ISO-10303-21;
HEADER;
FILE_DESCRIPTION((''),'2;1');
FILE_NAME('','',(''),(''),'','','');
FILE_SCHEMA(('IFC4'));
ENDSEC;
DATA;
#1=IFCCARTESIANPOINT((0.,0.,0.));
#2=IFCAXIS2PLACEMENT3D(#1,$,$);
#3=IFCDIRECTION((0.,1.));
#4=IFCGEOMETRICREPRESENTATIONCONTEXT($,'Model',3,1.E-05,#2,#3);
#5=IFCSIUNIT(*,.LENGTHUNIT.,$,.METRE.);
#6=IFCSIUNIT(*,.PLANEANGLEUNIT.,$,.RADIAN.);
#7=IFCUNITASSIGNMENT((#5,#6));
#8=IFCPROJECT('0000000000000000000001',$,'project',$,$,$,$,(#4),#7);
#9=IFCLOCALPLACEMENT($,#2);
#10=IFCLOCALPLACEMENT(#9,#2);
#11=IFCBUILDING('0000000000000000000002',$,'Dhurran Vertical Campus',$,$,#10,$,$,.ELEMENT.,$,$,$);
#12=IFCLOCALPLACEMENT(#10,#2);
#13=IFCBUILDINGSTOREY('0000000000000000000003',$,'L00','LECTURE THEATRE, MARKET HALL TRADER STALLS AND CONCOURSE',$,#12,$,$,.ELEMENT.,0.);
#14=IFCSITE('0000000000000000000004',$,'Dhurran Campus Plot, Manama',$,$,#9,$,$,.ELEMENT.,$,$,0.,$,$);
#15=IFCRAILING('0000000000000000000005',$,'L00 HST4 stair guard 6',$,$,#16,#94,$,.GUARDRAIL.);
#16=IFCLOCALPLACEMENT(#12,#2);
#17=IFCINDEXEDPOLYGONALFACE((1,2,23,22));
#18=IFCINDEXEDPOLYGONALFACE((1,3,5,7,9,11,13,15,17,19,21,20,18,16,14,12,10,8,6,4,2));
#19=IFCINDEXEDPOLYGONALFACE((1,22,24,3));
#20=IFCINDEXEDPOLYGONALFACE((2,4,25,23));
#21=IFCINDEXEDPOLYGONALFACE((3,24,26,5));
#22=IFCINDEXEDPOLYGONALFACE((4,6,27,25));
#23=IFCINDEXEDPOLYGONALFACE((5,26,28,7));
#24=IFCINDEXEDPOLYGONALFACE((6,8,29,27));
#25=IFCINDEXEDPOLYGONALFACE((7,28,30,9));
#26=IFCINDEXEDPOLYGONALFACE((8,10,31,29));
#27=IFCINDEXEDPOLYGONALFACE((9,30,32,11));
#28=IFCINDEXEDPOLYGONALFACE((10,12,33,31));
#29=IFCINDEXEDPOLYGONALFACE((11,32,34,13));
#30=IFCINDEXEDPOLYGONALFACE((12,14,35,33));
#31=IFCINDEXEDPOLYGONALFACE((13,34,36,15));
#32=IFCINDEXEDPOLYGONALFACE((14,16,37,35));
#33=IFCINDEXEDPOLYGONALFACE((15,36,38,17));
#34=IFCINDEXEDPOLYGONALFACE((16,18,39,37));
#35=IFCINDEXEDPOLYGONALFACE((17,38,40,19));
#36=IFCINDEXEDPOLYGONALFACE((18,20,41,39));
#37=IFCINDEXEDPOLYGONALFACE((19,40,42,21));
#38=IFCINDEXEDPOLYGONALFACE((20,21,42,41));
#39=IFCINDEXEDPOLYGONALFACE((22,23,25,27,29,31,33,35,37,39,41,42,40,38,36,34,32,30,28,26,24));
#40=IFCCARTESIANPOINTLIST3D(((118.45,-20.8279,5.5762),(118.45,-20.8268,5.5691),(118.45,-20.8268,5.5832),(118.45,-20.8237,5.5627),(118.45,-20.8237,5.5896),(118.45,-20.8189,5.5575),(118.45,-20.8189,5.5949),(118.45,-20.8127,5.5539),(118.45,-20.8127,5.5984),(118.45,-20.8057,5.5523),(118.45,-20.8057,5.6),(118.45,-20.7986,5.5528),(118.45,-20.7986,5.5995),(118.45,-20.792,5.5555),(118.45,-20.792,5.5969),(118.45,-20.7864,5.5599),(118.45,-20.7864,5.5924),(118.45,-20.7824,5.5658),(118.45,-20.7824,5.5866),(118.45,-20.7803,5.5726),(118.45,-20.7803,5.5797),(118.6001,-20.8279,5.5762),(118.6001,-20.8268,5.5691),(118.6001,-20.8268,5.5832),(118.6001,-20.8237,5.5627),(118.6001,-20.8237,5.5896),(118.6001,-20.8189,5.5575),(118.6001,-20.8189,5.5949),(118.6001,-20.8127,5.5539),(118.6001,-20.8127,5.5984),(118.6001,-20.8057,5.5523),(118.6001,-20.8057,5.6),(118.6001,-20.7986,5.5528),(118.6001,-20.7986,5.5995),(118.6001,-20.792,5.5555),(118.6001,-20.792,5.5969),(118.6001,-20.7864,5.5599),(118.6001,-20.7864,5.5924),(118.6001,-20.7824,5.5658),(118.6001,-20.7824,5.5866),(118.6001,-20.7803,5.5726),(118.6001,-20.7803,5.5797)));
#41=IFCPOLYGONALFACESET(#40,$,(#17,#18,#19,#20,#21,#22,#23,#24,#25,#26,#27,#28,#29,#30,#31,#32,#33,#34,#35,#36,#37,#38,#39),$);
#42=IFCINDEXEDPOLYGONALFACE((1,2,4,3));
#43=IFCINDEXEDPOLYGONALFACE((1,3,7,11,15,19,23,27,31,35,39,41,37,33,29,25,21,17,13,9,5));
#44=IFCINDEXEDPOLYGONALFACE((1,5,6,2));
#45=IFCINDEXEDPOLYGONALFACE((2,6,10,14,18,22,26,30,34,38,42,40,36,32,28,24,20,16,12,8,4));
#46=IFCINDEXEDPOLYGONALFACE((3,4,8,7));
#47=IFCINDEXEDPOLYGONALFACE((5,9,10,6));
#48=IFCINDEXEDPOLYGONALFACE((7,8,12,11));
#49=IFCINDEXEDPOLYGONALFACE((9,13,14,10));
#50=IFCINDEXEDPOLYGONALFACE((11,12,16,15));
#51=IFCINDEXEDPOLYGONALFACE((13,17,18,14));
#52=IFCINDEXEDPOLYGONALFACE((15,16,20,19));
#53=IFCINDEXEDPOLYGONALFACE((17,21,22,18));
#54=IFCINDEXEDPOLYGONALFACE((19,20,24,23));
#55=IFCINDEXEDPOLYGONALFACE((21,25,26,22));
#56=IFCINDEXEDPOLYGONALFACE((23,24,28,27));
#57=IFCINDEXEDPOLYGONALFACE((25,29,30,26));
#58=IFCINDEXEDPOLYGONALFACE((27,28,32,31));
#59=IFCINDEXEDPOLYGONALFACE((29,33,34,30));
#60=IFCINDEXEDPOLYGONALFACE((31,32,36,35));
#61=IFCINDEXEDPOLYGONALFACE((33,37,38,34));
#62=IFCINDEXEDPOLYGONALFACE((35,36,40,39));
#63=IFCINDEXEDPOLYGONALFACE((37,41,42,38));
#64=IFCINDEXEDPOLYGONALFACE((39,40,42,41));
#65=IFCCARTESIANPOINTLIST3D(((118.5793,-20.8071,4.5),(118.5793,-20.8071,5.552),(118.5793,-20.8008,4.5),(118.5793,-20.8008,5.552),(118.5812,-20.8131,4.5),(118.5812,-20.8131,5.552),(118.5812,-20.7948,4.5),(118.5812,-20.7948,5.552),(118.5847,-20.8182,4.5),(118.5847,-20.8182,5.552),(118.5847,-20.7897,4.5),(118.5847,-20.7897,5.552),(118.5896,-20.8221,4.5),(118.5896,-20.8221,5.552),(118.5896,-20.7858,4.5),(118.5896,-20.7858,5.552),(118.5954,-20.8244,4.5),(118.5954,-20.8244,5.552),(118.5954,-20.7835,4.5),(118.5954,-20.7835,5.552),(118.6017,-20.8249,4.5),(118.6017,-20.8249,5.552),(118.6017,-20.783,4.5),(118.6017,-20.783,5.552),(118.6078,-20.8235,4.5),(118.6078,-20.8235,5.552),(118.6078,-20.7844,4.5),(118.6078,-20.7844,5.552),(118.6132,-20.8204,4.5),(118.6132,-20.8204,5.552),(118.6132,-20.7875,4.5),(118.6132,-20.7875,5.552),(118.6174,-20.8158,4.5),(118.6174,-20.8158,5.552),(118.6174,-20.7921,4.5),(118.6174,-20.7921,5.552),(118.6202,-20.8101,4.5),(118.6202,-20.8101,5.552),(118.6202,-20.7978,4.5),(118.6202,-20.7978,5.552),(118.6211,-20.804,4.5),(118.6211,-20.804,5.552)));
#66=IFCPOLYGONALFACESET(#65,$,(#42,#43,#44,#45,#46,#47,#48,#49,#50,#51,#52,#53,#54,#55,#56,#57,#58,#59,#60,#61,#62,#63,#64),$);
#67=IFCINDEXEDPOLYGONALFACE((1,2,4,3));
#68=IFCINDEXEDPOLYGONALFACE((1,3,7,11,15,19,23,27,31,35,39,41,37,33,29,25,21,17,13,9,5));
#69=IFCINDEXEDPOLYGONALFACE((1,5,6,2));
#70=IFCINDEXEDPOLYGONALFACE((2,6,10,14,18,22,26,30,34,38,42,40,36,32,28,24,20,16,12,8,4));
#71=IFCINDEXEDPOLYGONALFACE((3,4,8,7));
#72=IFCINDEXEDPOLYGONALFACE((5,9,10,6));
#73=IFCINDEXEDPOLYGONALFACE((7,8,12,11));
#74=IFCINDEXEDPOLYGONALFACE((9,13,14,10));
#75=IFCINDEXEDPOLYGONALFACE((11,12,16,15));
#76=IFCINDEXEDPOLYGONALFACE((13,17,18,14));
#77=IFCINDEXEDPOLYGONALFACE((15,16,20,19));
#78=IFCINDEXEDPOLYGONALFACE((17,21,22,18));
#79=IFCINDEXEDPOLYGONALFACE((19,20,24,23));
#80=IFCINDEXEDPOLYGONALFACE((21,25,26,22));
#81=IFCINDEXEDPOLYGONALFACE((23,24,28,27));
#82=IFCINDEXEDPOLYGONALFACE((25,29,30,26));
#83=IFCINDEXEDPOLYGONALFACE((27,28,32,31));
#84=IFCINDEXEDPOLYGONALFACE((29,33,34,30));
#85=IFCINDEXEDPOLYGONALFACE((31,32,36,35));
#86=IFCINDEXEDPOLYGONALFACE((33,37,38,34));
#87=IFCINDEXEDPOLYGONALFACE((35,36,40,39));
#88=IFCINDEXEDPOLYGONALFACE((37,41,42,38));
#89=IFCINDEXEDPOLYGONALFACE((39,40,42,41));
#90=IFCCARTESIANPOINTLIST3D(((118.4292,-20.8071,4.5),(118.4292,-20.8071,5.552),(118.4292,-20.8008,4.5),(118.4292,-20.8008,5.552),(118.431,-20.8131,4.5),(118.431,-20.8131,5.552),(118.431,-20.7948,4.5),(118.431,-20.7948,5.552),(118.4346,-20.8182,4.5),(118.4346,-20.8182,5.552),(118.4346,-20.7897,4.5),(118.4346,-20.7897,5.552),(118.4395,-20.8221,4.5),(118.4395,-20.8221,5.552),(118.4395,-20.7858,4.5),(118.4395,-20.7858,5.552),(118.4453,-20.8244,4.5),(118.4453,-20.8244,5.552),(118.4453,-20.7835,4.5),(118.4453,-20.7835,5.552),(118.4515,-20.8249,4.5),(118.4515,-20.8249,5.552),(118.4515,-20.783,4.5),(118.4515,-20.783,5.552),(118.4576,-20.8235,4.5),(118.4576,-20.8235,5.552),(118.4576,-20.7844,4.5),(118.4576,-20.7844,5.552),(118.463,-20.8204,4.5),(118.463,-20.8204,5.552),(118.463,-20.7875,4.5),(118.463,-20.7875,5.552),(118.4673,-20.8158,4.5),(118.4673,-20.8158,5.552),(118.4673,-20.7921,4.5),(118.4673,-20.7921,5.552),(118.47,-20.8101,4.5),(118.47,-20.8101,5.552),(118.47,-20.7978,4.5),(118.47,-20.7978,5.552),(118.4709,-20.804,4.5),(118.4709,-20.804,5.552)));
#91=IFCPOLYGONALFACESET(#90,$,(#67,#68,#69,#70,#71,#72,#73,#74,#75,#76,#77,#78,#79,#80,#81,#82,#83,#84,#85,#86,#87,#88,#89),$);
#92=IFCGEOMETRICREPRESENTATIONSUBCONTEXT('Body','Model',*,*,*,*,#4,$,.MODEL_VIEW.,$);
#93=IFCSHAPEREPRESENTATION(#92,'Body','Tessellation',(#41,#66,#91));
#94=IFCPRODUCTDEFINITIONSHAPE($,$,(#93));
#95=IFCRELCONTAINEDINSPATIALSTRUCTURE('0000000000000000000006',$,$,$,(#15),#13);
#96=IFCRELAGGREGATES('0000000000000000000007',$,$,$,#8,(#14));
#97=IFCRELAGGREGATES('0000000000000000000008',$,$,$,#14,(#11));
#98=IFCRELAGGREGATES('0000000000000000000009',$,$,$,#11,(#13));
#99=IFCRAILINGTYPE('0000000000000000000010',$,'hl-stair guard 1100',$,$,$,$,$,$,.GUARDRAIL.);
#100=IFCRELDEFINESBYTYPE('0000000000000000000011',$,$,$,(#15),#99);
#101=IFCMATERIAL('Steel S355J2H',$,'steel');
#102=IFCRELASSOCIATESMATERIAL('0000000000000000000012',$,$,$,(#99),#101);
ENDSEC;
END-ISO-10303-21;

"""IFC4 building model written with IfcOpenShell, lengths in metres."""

from ifc_helpers import new_model, si_unit, direction, frame, origin, origin_2d, place, context, subcontext, project, spatial, circle, extrude, material, type_object, element, save


model = new_model("IFC4")

# Units and contexts
model_context = context("Model", 3, precision=1e-05, world=origin(), true_north=direction((0.0, 1.0)))
body_context = subcontext(model_context, "Body", "Model", "MODEL_VIEW")
ifc_project = project(units=[si_unit("LENGTHUNIT", "METRE"), si_unit("PLANEANGLEUNIT", "RADIAN")], contexts=[model_context])

# Site, building, storey
site_placement = place(None, origin())
site = spatial("IfcSite", under=ifc_project, at=site_placement, Name="Dhurran Campus Plot, Manama", CompositionType="ELEMENT", RefElevation=0.0)
building_placement = place(site_placement, origin())
building = spatial("IfcBuilding", under=site, at=building_placement, Name="Dhurran Vertical Campus", CompositionType="ELEMENT")
storey_placement = place(building_placement, origin())
storey = spatial("IfcBuildingStorey", under=building, at=storey_placement, Name="L00", Description="LECTURE THEATRE, MARKET HALL TRADER STALLS AND CONCOURSE", CompositionType="ELEMENT", Elevation=0.0)

# Railing
ifc_material_1 = material(Name="Steel S355J2H", Category="steel")
railing_type = type_object("IfcRailingType", Name="hl-stair guard 1100", PredefinedType="GUARDRAIL", material=ifc_material_1)
for number, where, name in (
    (1, (118.6001, -20.804, 4.5), "L00 HST4 stair guard 6"),
):
    element("IfcRailing", number, at=place(storey_placement, frame(where)), inside=storey, type_object=railing_type, Name=name, PredefinedType="GUARDRAIL", context=body_context, shape_type="SweptSolid", body=[
        extrude(circle(Radius=0.0239, at=origin_2d()), frame((0.0, 0.0, 1.0762), z_axis=(-1.0, 0.0, 0.0), x_axis=(0.0, -1.0, 0.0)), (0.0, 0.0, 1.0), 0.1501),
        extrude(circle(Radius=0.021, at=origin_2d()), origin(), (0.0, 0.0, 1.0), 1.052),
        extrude(circle(Radius=0.021, at=origin_2d()), frame((-0.1501, 0.0, 0.0)), (0.0, 0.0, 1.0), 1.052),
    ])

save(model, "model.ifc")
